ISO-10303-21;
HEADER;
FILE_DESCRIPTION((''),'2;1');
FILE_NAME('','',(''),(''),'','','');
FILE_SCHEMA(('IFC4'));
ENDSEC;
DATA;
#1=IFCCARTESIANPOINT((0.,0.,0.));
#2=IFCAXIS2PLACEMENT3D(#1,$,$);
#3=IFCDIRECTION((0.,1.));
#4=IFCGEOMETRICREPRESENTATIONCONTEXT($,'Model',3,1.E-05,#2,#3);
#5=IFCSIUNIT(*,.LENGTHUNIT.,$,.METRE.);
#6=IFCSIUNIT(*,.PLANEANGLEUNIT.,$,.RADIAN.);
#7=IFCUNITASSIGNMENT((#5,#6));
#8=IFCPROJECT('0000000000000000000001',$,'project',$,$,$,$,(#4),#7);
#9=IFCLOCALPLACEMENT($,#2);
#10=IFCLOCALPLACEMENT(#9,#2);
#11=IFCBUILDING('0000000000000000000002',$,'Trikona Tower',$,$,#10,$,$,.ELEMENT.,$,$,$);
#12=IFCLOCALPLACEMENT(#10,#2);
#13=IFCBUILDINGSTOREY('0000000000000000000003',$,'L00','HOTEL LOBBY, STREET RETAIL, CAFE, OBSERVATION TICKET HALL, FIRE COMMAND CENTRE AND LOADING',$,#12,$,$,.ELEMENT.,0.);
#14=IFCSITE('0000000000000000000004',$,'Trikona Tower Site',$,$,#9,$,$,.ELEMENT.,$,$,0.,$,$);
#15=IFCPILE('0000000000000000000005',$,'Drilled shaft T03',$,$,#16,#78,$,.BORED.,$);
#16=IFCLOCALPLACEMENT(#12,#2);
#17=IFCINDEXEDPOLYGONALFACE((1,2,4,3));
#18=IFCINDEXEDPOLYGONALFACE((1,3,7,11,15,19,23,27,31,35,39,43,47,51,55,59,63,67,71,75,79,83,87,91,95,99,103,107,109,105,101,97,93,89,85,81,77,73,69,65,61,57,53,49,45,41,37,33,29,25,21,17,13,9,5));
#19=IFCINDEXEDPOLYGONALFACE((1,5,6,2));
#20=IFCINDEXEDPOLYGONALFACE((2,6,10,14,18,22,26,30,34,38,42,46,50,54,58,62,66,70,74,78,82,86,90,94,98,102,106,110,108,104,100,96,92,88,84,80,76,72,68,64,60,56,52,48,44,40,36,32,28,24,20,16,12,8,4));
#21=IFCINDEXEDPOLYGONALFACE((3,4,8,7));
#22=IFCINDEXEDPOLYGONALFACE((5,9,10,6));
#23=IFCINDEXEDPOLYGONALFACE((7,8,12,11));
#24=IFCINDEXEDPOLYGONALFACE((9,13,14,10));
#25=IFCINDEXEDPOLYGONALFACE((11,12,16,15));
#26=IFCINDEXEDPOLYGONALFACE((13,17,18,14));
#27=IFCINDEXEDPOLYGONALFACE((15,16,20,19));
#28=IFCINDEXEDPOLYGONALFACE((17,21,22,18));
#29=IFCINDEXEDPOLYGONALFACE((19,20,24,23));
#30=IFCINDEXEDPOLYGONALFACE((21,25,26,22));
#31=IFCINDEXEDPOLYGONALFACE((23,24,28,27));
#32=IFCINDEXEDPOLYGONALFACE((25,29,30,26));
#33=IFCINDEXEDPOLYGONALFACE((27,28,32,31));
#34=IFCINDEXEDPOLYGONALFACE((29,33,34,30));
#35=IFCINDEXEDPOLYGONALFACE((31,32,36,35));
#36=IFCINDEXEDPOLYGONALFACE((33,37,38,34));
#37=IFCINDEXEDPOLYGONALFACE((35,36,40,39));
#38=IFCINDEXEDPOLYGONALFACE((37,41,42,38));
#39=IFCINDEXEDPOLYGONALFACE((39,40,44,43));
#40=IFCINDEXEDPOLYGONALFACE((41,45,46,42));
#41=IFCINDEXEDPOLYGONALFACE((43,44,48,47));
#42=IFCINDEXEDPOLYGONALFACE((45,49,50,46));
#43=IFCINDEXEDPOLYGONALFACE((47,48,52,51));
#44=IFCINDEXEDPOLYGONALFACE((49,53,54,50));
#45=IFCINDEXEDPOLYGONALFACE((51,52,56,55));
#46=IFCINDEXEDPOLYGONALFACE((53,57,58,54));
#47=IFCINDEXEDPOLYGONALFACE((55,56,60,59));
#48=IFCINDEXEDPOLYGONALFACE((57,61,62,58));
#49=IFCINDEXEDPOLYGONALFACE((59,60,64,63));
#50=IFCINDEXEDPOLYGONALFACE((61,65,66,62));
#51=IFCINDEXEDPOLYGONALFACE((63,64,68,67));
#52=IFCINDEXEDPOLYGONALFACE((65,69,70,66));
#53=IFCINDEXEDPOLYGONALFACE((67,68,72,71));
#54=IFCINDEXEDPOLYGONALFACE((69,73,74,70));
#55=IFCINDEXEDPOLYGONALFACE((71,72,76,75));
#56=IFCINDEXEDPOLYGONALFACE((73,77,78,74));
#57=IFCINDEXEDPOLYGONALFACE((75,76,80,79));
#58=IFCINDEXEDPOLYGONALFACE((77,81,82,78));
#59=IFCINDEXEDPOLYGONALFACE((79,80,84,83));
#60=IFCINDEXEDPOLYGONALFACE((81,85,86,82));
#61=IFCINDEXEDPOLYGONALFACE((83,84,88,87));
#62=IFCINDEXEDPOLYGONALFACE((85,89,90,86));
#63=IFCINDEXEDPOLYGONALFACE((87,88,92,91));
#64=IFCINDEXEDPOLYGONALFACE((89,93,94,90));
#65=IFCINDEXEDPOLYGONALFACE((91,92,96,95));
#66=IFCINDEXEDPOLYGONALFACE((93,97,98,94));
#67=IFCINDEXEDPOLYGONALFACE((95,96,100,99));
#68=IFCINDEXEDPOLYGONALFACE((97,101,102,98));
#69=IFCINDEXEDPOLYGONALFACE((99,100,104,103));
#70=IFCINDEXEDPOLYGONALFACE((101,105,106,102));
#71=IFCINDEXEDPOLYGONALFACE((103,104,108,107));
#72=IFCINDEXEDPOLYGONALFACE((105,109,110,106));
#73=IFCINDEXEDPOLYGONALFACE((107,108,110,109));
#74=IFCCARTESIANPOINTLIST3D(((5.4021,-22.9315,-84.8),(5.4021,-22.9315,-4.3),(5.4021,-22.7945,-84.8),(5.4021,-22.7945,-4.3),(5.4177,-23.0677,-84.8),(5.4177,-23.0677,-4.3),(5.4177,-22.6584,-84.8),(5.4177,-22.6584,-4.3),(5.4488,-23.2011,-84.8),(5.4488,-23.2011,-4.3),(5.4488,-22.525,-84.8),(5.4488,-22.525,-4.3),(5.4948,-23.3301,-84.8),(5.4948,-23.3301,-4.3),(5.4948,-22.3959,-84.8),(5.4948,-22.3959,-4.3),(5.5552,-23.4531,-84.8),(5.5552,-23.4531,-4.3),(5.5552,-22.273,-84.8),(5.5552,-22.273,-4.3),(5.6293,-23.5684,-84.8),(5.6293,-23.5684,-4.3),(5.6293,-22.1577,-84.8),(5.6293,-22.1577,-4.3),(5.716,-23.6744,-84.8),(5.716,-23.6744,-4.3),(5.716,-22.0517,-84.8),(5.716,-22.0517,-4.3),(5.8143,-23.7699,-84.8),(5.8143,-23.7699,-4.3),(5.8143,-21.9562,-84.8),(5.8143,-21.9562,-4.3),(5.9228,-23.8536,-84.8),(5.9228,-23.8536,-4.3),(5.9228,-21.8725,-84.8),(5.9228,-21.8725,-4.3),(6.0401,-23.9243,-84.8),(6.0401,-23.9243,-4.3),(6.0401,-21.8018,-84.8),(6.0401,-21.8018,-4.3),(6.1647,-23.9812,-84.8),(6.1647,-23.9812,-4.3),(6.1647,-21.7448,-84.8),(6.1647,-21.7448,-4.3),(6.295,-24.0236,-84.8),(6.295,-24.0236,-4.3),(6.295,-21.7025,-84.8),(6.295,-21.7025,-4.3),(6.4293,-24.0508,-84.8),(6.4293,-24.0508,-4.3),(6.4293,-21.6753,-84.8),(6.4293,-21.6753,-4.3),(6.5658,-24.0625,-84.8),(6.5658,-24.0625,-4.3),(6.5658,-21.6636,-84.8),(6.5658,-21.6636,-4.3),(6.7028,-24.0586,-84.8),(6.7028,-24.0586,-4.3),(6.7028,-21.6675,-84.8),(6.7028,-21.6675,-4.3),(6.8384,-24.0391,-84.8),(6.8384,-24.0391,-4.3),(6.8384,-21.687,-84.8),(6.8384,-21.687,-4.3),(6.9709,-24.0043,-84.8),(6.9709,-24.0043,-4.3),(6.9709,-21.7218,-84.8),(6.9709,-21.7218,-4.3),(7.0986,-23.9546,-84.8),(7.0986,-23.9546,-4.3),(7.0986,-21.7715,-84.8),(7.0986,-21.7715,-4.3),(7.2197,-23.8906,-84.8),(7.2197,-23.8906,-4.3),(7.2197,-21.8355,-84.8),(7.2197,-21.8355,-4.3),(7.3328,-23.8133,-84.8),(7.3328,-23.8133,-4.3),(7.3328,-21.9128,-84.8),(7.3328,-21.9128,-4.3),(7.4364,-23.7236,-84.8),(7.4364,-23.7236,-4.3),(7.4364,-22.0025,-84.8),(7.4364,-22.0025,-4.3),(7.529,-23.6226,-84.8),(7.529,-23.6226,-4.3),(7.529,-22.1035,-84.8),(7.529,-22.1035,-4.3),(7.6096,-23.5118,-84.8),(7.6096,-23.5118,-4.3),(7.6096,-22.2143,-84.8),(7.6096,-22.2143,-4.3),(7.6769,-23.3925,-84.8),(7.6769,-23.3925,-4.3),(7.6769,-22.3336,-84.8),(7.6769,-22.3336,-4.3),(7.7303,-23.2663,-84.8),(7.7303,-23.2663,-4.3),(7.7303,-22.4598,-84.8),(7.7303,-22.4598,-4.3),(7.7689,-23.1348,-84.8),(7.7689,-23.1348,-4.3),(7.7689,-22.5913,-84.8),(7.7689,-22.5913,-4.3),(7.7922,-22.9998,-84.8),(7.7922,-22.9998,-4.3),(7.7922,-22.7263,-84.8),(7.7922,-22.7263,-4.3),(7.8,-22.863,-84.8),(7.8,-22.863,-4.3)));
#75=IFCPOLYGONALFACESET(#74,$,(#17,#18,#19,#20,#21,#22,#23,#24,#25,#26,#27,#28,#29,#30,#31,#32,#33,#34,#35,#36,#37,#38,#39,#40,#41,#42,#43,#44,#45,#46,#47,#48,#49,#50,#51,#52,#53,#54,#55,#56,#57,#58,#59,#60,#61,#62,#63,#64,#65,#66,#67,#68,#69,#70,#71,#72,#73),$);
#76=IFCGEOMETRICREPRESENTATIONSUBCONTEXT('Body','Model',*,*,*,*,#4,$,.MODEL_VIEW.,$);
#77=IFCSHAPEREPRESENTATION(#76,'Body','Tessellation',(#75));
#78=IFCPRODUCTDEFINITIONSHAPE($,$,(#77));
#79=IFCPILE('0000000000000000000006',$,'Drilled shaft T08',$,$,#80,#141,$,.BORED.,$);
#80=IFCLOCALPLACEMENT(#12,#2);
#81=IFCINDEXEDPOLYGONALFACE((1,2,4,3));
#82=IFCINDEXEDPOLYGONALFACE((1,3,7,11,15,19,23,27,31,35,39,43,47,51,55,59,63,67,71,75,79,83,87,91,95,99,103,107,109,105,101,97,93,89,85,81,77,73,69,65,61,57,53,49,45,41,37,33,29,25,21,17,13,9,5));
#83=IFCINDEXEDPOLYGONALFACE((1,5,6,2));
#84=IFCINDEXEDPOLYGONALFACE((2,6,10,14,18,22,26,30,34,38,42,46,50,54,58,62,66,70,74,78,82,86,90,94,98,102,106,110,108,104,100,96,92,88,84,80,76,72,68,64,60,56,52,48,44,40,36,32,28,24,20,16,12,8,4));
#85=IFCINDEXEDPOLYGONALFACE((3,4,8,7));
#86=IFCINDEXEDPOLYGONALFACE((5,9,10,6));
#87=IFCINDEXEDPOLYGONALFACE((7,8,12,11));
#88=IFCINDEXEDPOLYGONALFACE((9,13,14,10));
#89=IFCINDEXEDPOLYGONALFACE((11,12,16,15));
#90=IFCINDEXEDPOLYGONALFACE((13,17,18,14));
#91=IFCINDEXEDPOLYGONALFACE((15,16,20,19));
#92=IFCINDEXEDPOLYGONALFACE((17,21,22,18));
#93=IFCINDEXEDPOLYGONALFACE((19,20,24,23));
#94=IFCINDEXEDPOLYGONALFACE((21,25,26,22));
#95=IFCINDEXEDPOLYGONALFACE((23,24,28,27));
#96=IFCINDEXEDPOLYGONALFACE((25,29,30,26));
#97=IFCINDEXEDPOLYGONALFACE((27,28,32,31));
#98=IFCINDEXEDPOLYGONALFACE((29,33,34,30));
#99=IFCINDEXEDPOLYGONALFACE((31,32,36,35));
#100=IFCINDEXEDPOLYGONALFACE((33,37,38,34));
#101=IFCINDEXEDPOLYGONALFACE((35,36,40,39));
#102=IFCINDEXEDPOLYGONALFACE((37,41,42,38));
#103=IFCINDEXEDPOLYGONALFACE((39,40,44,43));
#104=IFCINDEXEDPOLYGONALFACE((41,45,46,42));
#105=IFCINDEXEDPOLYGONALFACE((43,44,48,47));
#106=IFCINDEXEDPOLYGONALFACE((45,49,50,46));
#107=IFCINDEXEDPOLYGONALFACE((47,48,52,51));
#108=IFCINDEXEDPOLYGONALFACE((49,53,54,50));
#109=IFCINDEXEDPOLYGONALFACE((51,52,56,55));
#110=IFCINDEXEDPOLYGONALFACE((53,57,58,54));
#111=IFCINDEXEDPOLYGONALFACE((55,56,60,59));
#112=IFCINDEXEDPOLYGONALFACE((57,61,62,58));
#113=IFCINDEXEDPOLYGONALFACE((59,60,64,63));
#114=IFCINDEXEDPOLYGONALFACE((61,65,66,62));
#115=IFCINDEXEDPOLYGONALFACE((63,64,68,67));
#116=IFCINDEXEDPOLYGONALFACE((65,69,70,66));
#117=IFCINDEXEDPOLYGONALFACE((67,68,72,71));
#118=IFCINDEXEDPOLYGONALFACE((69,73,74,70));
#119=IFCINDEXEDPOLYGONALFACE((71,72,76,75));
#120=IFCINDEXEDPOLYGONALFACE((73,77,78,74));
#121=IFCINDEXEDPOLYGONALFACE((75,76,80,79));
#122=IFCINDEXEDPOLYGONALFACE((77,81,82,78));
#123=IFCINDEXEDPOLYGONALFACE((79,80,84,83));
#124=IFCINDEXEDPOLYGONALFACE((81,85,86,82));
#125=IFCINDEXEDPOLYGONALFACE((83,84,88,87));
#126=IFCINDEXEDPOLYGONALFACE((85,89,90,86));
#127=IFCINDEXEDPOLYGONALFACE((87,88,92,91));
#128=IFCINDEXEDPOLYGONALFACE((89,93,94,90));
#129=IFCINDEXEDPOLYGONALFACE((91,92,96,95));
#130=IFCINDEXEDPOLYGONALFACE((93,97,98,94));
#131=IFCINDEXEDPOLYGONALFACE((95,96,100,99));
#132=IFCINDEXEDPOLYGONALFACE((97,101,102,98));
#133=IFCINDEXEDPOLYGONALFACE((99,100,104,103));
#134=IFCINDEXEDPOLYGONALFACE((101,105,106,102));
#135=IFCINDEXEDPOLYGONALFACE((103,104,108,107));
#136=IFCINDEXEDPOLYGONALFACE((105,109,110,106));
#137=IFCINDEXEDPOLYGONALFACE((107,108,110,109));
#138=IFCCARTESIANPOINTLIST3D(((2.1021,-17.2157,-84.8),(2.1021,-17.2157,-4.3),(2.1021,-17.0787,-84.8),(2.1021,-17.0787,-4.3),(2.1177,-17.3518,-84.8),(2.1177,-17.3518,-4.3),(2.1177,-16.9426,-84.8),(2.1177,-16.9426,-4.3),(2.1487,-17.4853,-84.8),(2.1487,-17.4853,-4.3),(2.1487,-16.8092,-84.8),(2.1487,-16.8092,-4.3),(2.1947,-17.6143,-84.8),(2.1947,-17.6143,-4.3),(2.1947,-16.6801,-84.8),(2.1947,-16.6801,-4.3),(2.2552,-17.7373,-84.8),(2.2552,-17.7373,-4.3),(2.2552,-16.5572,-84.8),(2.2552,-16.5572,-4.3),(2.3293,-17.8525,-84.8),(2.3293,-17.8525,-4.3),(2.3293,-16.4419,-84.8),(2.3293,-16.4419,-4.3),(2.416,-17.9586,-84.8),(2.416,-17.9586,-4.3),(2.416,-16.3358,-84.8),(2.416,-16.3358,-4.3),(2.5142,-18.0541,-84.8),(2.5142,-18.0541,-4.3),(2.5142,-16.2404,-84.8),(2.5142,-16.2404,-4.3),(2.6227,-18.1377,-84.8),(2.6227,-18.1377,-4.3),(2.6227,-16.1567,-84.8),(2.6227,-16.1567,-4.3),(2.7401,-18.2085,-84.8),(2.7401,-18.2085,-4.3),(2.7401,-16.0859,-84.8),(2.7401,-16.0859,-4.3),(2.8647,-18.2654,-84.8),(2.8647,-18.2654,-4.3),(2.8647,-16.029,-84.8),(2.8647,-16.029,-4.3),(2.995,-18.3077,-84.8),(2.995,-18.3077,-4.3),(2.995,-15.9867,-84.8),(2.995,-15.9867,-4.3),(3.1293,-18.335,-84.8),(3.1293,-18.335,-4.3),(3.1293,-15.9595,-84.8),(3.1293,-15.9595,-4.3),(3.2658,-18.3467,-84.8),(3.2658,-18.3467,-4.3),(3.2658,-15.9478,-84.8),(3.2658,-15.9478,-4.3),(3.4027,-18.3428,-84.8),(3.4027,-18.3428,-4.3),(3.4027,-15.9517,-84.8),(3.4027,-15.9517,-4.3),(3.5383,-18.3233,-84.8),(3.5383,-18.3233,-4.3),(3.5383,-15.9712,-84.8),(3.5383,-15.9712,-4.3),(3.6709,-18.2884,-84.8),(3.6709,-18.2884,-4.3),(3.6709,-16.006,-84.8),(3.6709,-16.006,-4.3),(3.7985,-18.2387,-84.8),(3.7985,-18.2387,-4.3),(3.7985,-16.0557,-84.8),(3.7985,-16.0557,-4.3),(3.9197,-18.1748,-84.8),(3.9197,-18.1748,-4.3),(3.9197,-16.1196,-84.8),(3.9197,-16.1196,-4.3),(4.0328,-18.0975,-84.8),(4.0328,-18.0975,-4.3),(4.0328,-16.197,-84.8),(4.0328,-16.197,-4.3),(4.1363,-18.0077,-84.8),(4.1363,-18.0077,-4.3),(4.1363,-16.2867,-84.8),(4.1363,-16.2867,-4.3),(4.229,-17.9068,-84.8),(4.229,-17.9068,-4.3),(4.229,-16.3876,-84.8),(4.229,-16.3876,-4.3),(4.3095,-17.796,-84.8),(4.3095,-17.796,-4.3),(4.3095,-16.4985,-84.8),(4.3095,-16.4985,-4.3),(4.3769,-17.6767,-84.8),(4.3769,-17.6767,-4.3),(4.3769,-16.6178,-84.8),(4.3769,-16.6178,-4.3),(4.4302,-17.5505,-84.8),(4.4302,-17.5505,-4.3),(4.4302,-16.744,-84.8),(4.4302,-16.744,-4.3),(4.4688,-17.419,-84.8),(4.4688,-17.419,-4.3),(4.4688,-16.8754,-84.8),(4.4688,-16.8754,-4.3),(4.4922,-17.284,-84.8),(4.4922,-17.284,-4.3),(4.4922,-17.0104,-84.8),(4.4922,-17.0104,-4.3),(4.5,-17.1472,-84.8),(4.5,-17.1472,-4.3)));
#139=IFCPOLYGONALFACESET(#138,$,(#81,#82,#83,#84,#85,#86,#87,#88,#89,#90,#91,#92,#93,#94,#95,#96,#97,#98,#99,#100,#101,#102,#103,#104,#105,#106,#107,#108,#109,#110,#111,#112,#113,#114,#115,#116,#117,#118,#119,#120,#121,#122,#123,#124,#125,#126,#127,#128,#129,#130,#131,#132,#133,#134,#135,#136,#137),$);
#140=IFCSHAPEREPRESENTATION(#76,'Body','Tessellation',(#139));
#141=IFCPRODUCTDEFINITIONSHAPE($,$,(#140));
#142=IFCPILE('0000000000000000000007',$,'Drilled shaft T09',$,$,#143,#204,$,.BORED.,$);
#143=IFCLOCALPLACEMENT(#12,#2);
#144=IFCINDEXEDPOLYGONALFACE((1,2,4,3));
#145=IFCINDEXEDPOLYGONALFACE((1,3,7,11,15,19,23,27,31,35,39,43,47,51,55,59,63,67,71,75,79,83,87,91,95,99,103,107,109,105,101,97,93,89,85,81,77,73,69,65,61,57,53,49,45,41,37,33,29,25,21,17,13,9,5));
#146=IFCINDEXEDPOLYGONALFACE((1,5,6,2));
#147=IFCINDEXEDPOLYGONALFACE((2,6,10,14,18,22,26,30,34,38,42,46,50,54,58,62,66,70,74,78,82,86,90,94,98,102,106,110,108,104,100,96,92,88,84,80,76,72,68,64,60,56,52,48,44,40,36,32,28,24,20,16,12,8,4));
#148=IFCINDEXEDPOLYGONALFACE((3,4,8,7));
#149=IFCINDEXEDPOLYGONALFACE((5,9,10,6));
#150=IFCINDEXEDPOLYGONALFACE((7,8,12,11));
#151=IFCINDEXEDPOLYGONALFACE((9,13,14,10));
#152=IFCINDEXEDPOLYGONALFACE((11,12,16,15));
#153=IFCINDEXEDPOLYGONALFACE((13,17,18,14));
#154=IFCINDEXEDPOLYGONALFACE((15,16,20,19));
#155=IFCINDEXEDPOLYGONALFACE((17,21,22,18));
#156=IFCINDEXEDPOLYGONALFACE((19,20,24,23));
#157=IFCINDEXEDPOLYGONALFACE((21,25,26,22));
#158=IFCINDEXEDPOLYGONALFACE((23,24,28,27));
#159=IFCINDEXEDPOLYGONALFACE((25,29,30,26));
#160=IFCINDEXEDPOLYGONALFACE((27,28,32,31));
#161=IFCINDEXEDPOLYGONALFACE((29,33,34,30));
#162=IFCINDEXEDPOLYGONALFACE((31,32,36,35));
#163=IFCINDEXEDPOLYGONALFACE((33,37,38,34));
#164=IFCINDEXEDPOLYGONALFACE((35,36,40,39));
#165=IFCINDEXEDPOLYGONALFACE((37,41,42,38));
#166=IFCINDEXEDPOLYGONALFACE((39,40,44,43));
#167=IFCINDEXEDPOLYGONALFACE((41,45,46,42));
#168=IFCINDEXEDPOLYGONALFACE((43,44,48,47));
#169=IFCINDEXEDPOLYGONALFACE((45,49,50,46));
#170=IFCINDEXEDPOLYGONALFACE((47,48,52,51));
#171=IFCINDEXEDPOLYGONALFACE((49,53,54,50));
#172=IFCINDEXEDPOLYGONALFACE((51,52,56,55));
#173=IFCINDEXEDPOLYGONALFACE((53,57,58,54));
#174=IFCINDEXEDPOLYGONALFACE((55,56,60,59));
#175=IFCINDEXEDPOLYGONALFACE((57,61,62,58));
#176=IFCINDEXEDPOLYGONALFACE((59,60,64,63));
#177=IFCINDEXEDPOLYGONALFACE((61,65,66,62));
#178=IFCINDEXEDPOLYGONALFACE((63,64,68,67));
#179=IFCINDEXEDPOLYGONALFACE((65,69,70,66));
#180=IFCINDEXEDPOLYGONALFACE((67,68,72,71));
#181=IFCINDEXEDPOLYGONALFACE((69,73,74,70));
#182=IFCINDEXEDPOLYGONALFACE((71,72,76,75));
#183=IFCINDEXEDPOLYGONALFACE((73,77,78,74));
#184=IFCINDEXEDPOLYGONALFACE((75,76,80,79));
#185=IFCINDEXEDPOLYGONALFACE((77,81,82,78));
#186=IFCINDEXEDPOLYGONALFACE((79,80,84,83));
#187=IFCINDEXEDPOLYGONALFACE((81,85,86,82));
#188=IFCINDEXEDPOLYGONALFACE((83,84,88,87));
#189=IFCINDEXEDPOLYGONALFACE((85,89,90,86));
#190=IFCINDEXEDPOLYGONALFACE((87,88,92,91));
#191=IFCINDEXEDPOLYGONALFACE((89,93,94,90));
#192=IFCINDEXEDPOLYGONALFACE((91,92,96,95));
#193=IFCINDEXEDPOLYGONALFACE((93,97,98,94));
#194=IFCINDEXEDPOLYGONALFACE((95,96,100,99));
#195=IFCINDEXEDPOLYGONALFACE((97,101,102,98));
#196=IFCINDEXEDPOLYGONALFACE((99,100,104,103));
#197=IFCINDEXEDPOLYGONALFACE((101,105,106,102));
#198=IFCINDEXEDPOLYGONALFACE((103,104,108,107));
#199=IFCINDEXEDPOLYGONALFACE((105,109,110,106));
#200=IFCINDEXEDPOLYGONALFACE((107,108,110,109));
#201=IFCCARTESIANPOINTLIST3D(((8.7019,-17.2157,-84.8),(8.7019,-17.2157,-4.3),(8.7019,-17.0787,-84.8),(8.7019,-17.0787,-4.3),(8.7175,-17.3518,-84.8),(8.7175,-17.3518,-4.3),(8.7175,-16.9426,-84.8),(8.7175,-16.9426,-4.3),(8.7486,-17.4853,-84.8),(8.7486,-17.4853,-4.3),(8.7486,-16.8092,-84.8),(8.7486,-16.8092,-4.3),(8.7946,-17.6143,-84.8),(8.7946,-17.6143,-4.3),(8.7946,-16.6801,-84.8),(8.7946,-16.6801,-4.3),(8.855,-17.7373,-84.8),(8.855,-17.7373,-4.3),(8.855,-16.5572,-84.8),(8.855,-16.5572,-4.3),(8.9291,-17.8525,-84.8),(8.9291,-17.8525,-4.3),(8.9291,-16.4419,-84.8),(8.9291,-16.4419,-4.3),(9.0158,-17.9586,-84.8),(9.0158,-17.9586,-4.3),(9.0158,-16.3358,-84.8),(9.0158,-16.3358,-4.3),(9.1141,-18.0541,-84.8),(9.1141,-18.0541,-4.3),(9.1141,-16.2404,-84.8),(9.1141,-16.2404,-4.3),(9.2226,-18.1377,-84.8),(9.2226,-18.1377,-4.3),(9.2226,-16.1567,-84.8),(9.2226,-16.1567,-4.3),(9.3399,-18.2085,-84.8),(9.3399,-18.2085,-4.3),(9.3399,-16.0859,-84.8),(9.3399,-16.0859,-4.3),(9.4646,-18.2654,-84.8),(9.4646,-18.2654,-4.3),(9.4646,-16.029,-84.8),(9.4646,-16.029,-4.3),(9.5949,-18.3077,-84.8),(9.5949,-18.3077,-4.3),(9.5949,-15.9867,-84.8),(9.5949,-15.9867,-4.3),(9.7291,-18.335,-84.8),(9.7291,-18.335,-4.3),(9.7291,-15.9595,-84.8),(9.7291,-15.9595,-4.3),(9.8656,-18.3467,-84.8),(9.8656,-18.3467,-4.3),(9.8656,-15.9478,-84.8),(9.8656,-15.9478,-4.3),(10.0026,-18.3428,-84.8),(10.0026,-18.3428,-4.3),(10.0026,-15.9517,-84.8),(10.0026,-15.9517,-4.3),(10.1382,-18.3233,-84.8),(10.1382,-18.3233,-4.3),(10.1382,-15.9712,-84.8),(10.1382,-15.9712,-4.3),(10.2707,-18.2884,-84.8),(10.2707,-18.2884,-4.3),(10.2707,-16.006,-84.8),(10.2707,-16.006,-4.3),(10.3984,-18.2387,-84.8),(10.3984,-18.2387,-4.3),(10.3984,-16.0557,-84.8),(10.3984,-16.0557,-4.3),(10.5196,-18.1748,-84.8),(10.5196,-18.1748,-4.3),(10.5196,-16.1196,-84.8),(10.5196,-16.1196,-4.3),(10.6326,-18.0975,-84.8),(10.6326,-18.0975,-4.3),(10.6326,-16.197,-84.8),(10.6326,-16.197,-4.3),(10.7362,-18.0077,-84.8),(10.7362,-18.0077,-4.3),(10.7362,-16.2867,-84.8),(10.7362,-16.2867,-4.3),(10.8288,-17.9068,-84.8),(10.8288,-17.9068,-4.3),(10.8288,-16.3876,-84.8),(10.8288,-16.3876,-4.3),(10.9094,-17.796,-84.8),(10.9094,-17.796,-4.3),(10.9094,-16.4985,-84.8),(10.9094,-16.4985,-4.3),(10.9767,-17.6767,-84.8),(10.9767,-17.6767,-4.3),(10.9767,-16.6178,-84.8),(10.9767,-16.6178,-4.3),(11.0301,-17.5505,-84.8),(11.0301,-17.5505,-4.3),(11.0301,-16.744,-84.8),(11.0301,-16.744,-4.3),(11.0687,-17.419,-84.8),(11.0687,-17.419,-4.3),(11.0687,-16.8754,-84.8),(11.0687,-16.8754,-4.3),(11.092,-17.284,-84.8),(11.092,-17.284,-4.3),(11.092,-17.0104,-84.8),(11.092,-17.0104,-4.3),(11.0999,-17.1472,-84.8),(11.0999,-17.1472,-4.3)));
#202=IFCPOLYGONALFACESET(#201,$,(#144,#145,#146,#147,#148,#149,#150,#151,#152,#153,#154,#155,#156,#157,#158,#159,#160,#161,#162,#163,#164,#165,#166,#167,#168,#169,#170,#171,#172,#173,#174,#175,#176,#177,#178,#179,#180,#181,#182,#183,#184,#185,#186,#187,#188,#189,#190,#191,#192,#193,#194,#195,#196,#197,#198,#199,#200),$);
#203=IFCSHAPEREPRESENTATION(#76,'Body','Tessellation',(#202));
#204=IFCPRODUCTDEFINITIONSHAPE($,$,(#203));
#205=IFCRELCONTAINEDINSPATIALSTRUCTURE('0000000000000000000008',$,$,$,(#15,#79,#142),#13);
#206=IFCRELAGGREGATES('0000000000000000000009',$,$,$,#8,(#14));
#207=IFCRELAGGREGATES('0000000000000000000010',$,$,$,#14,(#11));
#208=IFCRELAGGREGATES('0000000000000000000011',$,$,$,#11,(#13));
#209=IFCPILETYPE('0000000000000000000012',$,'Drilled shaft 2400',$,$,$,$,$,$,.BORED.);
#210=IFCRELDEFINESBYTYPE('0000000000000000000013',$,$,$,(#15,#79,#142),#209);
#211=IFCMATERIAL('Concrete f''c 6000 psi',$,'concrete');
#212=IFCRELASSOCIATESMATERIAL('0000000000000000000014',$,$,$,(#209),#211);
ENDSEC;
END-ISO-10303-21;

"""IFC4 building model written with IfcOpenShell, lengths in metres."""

from ifc_helpers import new_model, si_unit, direction, frame, origin, origin_2d, place, context, subcontext, project, spatial, circle, extrude, material, type_object, element, save


model = new_model("IFC4")

# Units and contexts
model_context = context("Model", 3, precision=1e-05, world=origin(), true_north=direction((0.0, 1.0)))
body_context = subcontext(model_context, "Body", "Model", "MODEL_VIEW")
ifc_project = project(units=[si_unit("LENGTHUNIT", "METRE"), si_unit("PLANEANGLEUNIT", "RADIAN")], contexts=[model_context])

# Site, building, storey
site_placement = place(None, origin())
site = spatial("IfcSite", under=ifc_project, at=site_placement, Name="Trikona Tower Site", CompositionType="ELEMENT", RefElevation=0.0)
building_placement = place(site_placement, origin())
building = spatial("IfcBuilding", under=site, at=building_placement, Name="Trikona Tower", CompositionType="ELEMENT")
storey_placement = place(building_placement, origin())
storey = spatial("IfcBuildingStorey", under=building, at=storey_placement, Name="L00", Description="HOTEL LOBBY, STREET RETAIL, CAFE, OBSERVATION TICKET HALL, FIRE COMMAND CENTRE AND LOADING", CompositionType="ELEMENT", Elevation=0.0)

# Piles
ifc_material_1 = material(Name="Concrete f'c 6000 psi", Category="concrete")
pile_type = type_object("IfcPileType", Name="Drilled shaft 2400", PredefinedType="BORED", material=ifc_material_1)
for number, where, z_axis, x_axis, name in (
    (1, (6.6001, -22.863, -4.3), (0.0, 0.0, -1.0), (1.0, 0.0, 0.0), "Drilled shaft T03"),
    (2, (3.3, -17.1472, -4.3), (0.0, 0.0, -1.0), (1.0, 0.0, 0.0), "Drilled shaft T08"),
    (3, (9.8999, -17.1472, -4.3), (0.0, 0.0, -1.0), (1.0, 0.0, 0.0), "Drilled shaft T09"),
):
    element("IfcPile", number, at=place(storey_placement, frame(where, z_axis=z_axis, x_axis=x_axis)), inside=storey, type_object=pile_type, Name=name, PredefinedType="BORED", context=body_context, shape_type="SweptSolid", body=[
        extrude(circle(Radius=1.2, at=origin_2d()), origin(), (0.0, 0.0, 1.0), 80.5),
    ])

save(model, "model.ifc")
